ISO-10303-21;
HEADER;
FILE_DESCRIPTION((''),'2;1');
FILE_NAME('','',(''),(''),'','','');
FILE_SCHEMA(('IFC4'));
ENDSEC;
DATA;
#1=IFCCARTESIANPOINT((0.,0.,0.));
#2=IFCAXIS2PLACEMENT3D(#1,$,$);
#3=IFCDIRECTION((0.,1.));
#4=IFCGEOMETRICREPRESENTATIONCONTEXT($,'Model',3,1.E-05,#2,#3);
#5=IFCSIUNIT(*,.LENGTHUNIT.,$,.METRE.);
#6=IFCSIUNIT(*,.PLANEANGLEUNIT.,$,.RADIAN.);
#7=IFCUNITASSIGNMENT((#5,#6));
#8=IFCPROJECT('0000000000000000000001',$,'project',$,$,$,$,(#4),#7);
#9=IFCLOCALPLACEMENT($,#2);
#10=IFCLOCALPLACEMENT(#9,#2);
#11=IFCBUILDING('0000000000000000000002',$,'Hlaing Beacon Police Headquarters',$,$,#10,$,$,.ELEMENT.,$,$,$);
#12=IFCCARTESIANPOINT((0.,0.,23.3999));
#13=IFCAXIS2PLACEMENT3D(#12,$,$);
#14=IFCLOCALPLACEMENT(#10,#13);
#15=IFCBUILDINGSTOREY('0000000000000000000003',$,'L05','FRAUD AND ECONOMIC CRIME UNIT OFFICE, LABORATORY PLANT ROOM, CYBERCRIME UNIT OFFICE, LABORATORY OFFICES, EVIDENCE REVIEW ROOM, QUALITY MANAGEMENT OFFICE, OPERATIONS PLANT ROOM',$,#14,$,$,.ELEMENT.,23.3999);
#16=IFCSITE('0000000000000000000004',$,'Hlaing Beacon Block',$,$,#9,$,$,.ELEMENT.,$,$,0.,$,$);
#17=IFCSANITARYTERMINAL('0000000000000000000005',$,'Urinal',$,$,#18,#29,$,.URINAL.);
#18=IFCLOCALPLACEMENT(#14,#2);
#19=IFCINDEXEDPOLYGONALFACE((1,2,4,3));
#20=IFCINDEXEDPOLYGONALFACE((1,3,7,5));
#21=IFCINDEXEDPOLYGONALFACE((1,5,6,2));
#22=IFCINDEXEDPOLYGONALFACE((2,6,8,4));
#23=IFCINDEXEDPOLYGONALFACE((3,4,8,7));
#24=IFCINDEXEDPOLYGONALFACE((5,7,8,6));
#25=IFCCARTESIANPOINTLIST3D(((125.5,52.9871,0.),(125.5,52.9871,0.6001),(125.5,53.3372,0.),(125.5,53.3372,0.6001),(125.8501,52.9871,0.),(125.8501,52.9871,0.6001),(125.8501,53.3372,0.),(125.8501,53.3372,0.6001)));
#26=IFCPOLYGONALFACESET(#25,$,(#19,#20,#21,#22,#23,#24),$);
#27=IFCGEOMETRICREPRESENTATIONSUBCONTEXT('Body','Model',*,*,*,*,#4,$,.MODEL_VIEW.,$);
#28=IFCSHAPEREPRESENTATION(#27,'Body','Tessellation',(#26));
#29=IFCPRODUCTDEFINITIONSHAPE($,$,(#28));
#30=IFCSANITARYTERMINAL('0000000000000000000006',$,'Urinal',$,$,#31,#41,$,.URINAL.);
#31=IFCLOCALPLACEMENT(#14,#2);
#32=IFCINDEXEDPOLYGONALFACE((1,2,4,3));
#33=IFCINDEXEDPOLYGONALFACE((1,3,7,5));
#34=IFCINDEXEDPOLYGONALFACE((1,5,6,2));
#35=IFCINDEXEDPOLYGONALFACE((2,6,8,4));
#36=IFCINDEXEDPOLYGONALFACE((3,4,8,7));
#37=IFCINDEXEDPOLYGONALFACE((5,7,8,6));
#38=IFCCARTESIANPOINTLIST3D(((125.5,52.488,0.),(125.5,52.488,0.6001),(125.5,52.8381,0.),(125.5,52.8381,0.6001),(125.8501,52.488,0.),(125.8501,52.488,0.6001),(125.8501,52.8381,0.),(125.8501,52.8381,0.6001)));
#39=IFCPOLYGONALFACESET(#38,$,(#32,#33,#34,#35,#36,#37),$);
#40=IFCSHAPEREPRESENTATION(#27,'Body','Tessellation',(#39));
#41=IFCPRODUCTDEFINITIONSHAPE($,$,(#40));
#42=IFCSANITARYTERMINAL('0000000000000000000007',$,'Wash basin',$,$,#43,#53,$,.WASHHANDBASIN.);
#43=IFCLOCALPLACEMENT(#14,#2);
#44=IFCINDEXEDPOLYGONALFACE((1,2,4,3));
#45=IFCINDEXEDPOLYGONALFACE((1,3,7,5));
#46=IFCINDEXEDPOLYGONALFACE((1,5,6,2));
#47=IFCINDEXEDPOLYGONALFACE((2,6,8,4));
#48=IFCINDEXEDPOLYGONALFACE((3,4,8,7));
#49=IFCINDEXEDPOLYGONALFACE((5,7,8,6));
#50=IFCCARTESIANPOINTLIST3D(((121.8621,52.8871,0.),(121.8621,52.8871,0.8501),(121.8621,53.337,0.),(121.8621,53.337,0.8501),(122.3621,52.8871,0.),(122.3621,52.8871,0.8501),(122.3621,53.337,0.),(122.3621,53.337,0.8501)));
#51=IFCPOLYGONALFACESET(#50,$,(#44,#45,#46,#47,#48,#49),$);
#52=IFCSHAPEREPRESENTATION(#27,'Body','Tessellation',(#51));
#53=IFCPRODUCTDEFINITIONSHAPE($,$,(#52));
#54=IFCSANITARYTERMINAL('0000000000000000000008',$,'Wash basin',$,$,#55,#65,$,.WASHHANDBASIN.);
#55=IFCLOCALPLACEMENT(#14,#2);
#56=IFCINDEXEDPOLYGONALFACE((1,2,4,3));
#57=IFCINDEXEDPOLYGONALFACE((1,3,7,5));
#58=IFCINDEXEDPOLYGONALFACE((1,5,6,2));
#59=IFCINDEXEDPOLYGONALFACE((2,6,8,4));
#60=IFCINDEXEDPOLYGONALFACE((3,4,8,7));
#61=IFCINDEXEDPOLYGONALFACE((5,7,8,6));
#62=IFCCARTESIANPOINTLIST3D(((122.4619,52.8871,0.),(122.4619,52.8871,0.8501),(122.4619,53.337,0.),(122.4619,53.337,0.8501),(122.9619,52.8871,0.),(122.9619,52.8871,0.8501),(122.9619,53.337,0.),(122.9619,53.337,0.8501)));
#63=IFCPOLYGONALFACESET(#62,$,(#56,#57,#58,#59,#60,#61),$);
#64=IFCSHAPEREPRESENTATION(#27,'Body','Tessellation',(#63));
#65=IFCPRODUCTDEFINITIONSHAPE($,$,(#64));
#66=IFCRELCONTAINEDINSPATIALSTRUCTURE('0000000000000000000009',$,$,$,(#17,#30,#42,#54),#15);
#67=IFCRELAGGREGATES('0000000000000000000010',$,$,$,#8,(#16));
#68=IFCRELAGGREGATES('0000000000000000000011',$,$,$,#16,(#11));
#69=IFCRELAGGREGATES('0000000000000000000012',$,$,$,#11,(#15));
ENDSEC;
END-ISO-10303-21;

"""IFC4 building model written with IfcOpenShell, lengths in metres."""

from ifc_helpers import new_model, si_unit, direction, frame, origin, origin_2d, place, context, subcontext, project, spatial, rectangle, extrude, element, save


model = new_model("IFC4")

# Units and contexts
model_context = context("Model", 3, precision=1e-05, world=origin(), true_north=direction((0.0, 1.0)))
body_context = subcontext(model_context, "Body", "Model", "MODEL_VIEW")
ifc_project = project(units=[si_unit("LENGTHUNIT", "METRE"), si_unit("PLANEANGLEUNIT", "RADIAN")], contexts=[model_context])

# Site, building, storey
site_placement = place(None, origin())
site = spatial("IfcSite", under=ifc_project, at=site_placement, Name="Hlaing Beacon Block", CompositionType="ELEMENT", RefElevation=0.0)
building_placement = place(site_placement, origin())
building = spatial("IfcBuilding", under=site, at=building_placement, Name="Hlaing Beacon Police Headquarters", CompositionType="ELEMENT")
storey_placement = place(building_placement, frame((0.0, 0.0, 23.3999)))
storey = spatial("IfcBuildingStorey", under=building, at=storey_placement, Name="L05", Description="FRAUD AND ECONOMIC CRIME UNIT OFFICE, LABORATORY PLANT ROOM, CYBERCRIME UNIT OFFICE, LABORATORY OFFICES, EVIDENCE REVIEW ROOM, QUALITY MANAGEMENT OFFICE, OPERATIONS PLANT ROOM", CompositionType="ELEMENT", Elevation=23.3999)

# Sanitary terminals
for number, where, z_axis, x_axis, name in (
    (1, (125.675, 53.1621, 0.0), (0.0, 0.0, 1.0), (1.0, 0.0, 0.0), "Urinal"),
    (2, (125.675, 52.6631, 0.0), (0.0, 0.0, 1.0), (1.0, 0.0, 0.0), "Urinal"),
):
    element("IfcSanitaryTerminal", number, at=place(storey_placement, frame(where, z_axis=z_axis, x_axis=x_axis)), inside=storey, Name=name, PredefinedType="URINAL", context=body_context, shape_type="SweptSolid", body=[
        extrude(rectangle(XDim=0.3501, YDim=0.3501, at=origin_2d()), origin(), (0.0, 0.0, 1.0), 0.6001),
    ])
for number, where, z_axis, x_axis, name in (
    (3, (122.1121, 53.1121, 0.0), (0.0, 0.0, 1.0), (1.0, 0.0, 0.0), "Wash basin"),
    (4, (122.7119, 53.1121, 0.0), (0.0, 0.0, 1.0), (1.0, 0.0, 0.0), "Wash basin"),
):
    element("IfcSanitaryTerminal", number, at=place(storey_placement, frame(where, z_axis=z_axis, x_axis=x_axis)), inside=storey, Name=name, PredefinedType="WASHHANDBASIN", context=body_context, shape_type="SweptSolid", body=[
        extrude(rectangle(XDim=0.5, YDim=0.45, at=origin_2d()), origin(), (0.0, 0.0, 1.0), 0.8501),
    ])

save(model, "model.ifc")
